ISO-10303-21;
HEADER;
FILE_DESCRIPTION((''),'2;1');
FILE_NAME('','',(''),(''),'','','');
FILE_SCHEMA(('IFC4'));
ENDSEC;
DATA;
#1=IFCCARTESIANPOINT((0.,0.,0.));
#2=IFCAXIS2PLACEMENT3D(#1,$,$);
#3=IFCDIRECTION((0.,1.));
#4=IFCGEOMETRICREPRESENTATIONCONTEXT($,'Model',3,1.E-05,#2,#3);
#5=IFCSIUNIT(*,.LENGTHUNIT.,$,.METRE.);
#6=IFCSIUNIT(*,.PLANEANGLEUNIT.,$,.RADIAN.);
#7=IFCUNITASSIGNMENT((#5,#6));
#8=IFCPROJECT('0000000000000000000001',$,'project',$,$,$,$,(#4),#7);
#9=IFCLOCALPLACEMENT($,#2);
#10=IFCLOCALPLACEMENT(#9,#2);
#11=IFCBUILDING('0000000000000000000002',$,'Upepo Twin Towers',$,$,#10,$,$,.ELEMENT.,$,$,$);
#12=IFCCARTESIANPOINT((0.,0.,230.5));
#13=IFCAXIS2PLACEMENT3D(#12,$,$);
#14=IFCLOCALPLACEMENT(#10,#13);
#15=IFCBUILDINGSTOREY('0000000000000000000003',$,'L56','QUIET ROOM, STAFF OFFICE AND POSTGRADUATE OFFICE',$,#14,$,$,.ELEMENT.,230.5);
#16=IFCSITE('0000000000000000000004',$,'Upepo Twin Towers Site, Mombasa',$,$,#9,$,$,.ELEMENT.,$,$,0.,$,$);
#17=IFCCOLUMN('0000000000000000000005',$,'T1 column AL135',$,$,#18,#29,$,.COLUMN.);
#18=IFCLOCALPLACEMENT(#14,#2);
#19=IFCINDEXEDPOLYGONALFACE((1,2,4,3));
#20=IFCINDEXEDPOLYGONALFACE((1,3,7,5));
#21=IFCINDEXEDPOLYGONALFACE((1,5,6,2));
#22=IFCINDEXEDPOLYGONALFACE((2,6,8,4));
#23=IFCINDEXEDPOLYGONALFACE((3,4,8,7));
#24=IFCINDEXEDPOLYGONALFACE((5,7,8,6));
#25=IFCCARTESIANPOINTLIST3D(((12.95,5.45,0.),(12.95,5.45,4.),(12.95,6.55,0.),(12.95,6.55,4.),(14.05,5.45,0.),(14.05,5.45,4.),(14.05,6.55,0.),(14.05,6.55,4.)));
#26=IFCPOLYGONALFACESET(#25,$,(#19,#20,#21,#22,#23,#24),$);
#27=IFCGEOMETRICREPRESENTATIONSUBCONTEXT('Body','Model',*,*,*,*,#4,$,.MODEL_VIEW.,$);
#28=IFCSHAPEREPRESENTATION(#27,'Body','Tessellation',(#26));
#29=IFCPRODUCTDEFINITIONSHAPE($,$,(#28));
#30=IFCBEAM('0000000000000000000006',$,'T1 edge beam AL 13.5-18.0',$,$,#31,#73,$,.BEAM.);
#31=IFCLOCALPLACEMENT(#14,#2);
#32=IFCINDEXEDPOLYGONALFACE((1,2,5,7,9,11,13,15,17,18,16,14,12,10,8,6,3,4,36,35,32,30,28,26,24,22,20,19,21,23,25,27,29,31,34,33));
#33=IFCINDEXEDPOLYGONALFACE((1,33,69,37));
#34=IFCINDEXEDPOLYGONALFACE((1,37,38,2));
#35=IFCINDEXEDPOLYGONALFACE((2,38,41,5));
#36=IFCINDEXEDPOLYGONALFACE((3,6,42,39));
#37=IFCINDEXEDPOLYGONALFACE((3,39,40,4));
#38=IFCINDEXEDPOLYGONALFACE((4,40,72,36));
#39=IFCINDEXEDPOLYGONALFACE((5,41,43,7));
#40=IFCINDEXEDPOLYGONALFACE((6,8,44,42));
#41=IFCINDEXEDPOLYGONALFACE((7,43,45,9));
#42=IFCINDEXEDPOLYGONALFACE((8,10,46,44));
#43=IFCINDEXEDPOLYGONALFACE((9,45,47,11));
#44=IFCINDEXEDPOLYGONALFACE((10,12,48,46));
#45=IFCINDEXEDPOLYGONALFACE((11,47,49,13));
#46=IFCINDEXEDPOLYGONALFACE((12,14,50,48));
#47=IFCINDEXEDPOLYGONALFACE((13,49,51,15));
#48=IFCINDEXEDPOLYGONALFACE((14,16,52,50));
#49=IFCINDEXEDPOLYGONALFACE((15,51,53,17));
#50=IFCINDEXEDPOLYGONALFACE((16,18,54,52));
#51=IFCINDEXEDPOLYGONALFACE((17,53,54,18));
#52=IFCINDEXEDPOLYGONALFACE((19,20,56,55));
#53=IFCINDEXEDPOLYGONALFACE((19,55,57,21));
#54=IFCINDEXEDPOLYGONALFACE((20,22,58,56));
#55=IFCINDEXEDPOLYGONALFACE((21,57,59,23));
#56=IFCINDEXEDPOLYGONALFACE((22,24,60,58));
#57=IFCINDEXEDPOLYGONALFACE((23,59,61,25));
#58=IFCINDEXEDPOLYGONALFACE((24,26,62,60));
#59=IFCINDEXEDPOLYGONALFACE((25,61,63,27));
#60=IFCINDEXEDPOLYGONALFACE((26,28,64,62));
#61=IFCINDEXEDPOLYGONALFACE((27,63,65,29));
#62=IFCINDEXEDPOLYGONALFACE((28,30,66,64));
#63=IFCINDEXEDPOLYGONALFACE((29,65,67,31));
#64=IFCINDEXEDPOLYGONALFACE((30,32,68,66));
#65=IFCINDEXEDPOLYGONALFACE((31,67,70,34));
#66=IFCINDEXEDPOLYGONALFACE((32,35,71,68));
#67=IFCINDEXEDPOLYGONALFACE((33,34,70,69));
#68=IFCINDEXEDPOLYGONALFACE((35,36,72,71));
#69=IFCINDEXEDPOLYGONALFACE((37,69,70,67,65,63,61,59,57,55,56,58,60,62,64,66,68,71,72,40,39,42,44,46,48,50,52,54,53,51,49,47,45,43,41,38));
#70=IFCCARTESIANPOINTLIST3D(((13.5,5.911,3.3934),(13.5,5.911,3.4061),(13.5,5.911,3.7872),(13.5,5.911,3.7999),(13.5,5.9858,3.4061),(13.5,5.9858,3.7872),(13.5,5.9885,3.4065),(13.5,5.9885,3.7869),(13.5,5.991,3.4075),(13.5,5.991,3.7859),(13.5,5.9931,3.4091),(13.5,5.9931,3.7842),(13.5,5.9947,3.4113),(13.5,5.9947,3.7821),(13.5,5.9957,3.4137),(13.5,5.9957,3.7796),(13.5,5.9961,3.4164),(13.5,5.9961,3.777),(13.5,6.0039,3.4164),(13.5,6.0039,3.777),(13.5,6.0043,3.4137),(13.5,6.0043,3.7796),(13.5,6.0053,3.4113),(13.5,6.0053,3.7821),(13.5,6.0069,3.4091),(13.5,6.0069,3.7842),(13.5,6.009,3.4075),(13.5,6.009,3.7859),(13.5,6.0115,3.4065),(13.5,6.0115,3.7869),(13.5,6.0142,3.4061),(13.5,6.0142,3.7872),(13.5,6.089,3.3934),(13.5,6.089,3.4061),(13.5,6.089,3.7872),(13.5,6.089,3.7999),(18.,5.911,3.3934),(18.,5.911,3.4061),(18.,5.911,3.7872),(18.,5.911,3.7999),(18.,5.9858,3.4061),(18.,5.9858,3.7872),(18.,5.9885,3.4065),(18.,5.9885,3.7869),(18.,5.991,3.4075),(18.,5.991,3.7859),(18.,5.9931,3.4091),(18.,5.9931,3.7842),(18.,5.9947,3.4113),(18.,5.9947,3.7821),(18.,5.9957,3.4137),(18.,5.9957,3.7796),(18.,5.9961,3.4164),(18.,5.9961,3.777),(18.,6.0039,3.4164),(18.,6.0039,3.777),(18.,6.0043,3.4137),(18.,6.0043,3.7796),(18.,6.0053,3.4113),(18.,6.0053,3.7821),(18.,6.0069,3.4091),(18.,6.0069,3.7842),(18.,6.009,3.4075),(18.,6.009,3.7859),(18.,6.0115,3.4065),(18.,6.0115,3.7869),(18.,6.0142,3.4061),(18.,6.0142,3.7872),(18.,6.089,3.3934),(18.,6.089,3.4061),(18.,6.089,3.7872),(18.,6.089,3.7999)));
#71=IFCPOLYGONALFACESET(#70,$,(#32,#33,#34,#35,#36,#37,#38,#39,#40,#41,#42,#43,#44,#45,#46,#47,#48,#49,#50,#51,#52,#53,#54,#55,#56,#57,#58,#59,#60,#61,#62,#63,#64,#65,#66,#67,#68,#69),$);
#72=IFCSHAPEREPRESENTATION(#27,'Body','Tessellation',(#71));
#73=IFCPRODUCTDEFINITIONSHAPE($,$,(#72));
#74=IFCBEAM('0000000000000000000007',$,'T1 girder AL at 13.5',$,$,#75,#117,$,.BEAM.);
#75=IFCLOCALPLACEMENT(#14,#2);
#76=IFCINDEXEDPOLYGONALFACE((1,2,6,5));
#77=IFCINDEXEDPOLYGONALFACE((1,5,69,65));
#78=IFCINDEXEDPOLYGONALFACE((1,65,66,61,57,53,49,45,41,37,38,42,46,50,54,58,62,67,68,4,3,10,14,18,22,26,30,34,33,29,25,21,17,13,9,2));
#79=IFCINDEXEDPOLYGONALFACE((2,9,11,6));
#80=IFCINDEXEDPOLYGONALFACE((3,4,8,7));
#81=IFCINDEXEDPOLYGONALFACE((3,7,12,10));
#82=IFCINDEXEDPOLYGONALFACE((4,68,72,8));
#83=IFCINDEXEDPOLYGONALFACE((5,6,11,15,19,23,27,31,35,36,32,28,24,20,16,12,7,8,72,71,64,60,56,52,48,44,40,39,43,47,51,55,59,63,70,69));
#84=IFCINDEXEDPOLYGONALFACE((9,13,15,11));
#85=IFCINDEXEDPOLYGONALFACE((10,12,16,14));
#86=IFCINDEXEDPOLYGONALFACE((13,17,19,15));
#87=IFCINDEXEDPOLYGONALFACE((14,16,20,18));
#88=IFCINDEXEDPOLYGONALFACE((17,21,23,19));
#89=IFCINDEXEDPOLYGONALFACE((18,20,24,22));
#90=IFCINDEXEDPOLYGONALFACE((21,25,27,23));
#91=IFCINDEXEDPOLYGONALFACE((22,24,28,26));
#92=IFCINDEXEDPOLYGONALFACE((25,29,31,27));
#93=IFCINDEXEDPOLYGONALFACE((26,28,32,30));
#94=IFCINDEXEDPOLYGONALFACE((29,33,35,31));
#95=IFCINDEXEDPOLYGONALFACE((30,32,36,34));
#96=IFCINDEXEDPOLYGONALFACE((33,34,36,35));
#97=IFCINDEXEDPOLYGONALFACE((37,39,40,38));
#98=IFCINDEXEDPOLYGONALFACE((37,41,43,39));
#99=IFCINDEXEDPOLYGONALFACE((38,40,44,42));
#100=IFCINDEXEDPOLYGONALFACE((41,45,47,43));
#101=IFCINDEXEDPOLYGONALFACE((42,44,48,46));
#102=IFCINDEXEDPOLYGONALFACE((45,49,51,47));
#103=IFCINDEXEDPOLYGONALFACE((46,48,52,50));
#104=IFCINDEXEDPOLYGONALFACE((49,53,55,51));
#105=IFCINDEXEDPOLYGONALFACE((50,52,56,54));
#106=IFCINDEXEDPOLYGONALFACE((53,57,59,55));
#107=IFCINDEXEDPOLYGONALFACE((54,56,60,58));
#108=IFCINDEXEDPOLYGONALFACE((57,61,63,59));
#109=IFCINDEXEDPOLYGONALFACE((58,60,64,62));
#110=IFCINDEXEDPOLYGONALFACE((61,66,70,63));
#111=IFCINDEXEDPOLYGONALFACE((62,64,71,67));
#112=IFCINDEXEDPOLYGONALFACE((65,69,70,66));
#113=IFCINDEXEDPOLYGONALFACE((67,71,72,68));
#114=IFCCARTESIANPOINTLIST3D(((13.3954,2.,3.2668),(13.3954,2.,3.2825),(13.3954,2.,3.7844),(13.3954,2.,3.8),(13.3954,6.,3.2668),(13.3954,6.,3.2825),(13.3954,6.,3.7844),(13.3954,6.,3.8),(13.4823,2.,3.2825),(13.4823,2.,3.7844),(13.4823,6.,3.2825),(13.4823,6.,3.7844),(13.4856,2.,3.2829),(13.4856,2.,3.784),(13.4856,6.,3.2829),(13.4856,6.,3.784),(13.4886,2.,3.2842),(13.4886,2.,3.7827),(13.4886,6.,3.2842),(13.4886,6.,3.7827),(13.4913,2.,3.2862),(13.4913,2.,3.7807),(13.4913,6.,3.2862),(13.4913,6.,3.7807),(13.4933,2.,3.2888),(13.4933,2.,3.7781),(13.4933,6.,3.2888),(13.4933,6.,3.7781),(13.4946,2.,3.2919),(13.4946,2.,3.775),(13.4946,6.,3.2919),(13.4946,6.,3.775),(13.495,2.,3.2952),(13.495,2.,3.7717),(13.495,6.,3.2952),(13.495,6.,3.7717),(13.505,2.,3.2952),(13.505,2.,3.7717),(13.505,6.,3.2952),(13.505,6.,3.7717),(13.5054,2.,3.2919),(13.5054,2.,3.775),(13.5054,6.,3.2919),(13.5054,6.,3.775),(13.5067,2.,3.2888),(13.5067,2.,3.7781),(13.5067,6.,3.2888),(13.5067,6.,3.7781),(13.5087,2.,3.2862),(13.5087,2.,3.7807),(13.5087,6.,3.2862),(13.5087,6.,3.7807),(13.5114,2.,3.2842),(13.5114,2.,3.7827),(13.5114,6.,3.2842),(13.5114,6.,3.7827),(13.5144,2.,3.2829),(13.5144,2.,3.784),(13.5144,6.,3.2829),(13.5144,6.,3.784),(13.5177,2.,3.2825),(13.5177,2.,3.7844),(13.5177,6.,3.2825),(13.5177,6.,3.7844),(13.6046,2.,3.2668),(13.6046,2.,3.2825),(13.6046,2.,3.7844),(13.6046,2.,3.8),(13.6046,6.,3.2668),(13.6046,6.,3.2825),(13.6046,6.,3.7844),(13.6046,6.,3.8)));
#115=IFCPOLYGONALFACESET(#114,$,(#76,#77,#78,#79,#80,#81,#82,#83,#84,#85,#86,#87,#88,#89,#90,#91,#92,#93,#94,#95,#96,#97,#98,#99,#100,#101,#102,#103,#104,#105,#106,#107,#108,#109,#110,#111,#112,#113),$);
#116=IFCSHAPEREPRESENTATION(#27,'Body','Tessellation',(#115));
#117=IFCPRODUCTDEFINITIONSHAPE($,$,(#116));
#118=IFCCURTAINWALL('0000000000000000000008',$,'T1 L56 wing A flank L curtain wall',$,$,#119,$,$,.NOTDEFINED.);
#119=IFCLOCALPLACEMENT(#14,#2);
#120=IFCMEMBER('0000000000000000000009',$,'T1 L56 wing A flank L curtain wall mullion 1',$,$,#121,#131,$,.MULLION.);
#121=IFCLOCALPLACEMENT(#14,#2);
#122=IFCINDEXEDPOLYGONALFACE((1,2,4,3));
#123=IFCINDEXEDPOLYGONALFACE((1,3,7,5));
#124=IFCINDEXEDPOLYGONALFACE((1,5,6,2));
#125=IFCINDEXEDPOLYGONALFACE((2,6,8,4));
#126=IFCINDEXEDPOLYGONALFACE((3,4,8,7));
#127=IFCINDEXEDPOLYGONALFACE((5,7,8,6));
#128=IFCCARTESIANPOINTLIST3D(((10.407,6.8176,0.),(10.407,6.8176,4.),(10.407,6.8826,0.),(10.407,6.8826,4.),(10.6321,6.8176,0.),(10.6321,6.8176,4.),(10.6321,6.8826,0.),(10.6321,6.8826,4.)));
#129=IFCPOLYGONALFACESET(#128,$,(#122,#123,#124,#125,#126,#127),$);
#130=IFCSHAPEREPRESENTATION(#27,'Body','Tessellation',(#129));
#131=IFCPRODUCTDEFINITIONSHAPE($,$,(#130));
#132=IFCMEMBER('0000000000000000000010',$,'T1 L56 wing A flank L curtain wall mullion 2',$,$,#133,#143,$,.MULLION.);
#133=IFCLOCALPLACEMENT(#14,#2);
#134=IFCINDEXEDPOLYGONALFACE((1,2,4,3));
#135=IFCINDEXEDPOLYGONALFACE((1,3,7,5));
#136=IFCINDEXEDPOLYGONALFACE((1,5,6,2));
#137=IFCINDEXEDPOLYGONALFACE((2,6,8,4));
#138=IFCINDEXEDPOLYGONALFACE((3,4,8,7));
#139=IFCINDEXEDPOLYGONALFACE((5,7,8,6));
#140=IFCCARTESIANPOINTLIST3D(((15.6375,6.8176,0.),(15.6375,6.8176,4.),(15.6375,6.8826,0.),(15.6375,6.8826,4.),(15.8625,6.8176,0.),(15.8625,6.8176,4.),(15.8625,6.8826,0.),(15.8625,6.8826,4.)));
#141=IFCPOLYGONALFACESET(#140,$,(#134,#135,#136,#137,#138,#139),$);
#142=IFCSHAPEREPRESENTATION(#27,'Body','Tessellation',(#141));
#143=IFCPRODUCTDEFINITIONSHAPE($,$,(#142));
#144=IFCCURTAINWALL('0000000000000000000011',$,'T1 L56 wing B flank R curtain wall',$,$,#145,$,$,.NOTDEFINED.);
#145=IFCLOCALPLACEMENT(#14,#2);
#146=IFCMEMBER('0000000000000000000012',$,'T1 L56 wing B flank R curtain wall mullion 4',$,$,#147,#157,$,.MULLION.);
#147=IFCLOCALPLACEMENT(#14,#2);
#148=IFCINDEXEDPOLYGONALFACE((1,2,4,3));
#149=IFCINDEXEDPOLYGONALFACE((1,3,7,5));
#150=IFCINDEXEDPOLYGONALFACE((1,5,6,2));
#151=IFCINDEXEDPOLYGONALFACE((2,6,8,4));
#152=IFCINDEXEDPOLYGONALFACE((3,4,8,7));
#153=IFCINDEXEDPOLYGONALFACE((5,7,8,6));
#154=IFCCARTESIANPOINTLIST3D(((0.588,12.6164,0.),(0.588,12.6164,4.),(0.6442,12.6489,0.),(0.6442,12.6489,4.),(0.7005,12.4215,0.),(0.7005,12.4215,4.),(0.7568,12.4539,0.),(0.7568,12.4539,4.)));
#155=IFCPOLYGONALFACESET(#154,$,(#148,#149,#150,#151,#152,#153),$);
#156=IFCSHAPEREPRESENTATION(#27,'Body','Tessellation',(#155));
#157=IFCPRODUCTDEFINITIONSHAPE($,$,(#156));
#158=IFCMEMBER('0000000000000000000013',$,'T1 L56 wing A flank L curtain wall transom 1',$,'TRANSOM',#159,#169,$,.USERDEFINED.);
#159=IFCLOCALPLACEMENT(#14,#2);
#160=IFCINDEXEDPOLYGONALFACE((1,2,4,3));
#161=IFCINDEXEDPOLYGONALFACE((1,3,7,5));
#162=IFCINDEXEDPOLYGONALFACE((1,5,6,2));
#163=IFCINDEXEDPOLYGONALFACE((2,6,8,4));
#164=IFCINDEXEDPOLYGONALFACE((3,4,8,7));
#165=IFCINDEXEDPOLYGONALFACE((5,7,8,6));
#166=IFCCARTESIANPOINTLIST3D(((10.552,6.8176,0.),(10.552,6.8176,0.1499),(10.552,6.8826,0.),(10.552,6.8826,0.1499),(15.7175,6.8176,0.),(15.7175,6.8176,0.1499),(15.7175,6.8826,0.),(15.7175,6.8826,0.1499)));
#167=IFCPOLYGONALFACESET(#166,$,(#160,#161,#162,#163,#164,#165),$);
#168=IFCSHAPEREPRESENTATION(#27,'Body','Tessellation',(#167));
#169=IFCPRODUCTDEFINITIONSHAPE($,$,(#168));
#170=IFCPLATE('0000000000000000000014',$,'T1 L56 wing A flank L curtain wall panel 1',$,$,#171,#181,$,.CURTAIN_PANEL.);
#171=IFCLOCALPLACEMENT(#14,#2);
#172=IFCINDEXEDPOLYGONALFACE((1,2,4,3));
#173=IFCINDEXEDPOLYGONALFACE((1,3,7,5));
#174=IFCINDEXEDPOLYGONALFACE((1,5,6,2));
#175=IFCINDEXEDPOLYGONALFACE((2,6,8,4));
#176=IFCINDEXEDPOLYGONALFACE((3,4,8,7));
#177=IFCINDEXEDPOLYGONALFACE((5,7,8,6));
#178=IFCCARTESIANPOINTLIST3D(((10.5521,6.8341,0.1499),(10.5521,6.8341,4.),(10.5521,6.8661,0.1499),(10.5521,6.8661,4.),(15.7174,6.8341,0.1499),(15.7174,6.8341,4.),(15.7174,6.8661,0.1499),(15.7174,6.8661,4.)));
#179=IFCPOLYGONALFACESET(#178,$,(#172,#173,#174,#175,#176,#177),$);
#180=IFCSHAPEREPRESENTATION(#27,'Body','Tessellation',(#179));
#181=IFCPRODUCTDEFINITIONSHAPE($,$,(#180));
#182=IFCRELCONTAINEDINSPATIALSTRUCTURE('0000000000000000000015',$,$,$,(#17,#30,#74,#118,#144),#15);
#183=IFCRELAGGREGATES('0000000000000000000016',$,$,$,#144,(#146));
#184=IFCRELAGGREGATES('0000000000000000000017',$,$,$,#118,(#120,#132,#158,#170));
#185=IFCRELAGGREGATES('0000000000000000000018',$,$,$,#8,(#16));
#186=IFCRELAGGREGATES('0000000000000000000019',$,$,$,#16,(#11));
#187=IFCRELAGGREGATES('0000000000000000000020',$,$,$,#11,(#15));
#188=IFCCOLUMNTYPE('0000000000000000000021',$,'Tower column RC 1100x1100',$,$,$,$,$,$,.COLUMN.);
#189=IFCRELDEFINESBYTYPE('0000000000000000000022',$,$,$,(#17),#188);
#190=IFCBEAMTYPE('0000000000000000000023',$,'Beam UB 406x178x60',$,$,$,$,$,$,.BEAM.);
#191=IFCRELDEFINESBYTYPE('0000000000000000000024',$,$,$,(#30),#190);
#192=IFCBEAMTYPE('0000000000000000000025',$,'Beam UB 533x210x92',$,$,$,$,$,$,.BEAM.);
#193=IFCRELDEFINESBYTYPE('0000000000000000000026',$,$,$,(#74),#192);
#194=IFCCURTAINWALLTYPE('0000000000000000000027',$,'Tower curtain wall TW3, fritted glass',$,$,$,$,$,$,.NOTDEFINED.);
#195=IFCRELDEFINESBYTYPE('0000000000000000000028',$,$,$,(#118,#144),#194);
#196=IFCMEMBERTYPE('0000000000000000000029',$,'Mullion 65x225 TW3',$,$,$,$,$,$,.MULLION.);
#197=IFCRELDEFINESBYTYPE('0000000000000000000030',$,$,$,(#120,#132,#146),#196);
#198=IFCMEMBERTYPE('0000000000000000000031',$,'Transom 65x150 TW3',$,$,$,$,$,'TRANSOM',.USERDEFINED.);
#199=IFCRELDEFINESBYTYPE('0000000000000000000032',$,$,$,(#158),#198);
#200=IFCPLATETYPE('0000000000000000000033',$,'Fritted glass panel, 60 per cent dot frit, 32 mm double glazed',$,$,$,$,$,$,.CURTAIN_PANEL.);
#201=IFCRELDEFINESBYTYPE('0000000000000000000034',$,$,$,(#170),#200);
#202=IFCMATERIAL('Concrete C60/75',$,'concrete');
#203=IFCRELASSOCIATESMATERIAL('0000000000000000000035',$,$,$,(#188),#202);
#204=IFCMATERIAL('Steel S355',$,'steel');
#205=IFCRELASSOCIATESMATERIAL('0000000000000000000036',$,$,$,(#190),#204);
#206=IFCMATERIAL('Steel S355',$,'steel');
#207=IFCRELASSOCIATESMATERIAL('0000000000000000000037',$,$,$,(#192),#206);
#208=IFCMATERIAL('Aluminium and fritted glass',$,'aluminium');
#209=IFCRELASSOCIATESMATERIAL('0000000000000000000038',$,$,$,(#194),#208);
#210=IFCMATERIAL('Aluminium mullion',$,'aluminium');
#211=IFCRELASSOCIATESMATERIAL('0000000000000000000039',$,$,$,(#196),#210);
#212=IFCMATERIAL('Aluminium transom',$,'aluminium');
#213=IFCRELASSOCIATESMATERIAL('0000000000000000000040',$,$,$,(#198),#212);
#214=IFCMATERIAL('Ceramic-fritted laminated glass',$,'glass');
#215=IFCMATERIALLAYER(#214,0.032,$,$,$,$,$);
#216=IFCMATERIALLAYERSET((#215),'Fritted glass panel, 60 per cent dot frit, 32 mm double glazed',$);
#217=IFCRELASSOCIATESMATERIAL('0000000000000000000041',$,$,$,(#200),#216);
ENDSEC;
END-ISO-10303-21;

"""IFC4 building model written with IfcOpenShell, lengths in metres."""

from ifc_helpers import new_model, si_unit, direction, frame, origin, origin_2d, place, context, subcontext, project, spatial, rectangle, i_section, extrude, material, layer, layer_set, material_profile, profile_set, type_object, element, aggregate, save


model = new_model("IFC4")

# Units and contexts
model_context = context("Model", 3, precision=1e-05, world=origin(), true_north=direction((0.0, 1.0)))
body_context = subcontext(model_context, "Body", "Model", "MODEL_VIEW")
ifc_project = project(units=[si_unit("LENGTHUNIT", "METRE"), si_unit("PLANEANGLEUNIT", "RADIAN")], contexts=[model_context])

# Site, building, storey
site_placement = place(None, origin())
site = spatial("IfcSite", under=ifc_project, at=site_placement, Name="Upepo Twin Towers Site, Mombasa", CompositionType="ELEMENT", RefElevation=0.0)
building_placement = place(site_placement, origin())
building = spatial("IfcBuilding", under=site, at=building_placement, Name="Upepo Twin Towers", CompositionType="ELEMENT")
storey_placement = place(building_placement, frame((0.0, 0.0, 230.5)))
storey = spatial("IfcBuildingStorey", under=building, at=storey_placement, Name="L56", Description="QUIET ROOM, STAFF OFFICE AND POSTGRADUATE OFFICE", CompositionType="ELEMENT", Elevation=230.5)

# Column
ifc_material_1 = material(Name="Concrete C60/75", Category="concrete")
ifc_material_profile_1 = material_profile(ifc_material_1, rectangle(XDim=1.1001, YDim=1.1001, at=origin_2d()), Name="RC 1100x1100")
ifc_profile_set_1 = profile_set([ifc_material_profile_1], Name="Concrete C60/75")
column_type = type_object("IfcColumnType", Name="Tower column RC 1100x1100", PredefinedType="COLUMN", material=ifc_profile_set_1)
column_placement = place(storey_placement, frame((13.5, 6.0, 0.0), z_axis=(0.0, 0.0, 1.0), x_axis=(1.0, 0.0, 0.0)))
element("IfcColumn", 1, at=column_placement, inside=storey, type_object=column_type, Name="T1 column AL135", PredefinedType="COLUMN", context=body_context, shape_type="SweptSolid", body=[
    extrude(rectangle(XDim=1.1001, YDim=1.1001, at=origin_2d()), origin(), (0.0, 0.0, 1.0), 4.0),
])

# Beams
ifc_material_2 = material(Name="Steel S355", Category="steel")
ifc_material_profile_2 = material_profile(ifc_material_2, i_section(OverallWidth=0.178, OverallDepth=0.4065, WebThickness=0.0078, FlangeThickness=0.0127, FilletRadius=0.0103, at=origin_2d()), Name="UB 406x178x60")
ifc_profile_set_2 = profile_set([ifc_material_profile_2], Name="Steel S355")
beam_type_1 = type_object("IfcBeamType", Name="Beam UB 406x178x60", PredefinedType="BEAM", material=ifc_profile_set_2)
beam_1_placement = place(storey_placement, frame((13.5, 6.0, 3.5967), z_axis=(1.0, 0.0, 0.0), x_axis=(0.0, 1.0, 0.0)))
element("IfcBeam", 2, at=beam_1_placement, inside=storey, type_object=beam_type_1, Name="T1 edge beam AL 13.5-18.0", PredefinedType="BEAM", context=body_context, shape_type="SweptSolid", body=[
    extrude(i_section(OverallWidth=0.178, OverallDepth=0.4065, WebThickness=0.0078, FlangeThickness=0.0127, FilletRadius=0.0103, at=origin_2d()), origin(), (0.0, 0.0, 1.0), 4.5),
])
ifc_material_3 = material(Name="Steel S355", Category="steel")
ifc_material_profile_3 = material_profile(ifc_material_3, i_section(OverallWidth=0.2092, OverallDepth=0.5332, WebThickness=0.01, FlangeThickness=0.0156, FilletRadius=0.0127, at=origin_2d()), Name="UB 533x210x92")
ifc_profile_set_3 = profile_set([ifc_material_profile_3], Name="Steel S355")
beam_type_2 = type_object("IfcBeamType", Name="Beam UB 533x210x92", PredefinedType="BEAM", material=ifc_profile_set_3)
beam_2_placement = place(storey_placement, frame((13.5, 6.0, 3.5334), z_axis=(0.0, -1.0, 0.0), x_axis=(1.0, 0.0, 0.0)))
element("IfcBeam", 3, at=beam_2_placement, inside=storey, type_object=beam_type_2, Name="T1 girder AL at 13.5", PredefinedType="BEAM", context=body_context, shape_type="SweptSolid", body=[
    extrude(i_section(OverallWidth=0.2092, OverallDepth=0.5332, WebThickness=0.01, FlangeThickness=0.0156, FilletRadius=0.0127, at=origin_2d()), origin(), (0.0, 0.0, 1.0), 4.0),
])

# Curtain wall, members
ifc_material_4 = material(Name="Aluminium and fritted glass", Category="aluminium")
curtain_wall_type = type_object("IfcCurtainWallType", Name="Tower curtain wall TW3, fritted glass", PredefinedType="NOTDEFINED", material=ifc_material_4)
curtain_wall_1_placement = place(storey_placement, origin())
curtain_wall_1 = element("IfcCurtainWall", 4, at=curtain_wall_1_placement, inside=storey, type_object=curtain_wall_type, Name="T1 L56 wing A flank L curtain wall", PredefinedType="NOTDEFINED")
ifc_material_5 = material(Name="Aluminium mullion", Category="aluminium")
ifc_material_profile_4 = material_profile(ifc_material_5, rectangle(XDim=0.0649, YDim=0.2251, at=origin_2d()), Name="MULLION 65x225")
ifc_profile_set_4 = profile_set([ifc_material_profile_4], Name="Aluminium mullion")
member_type_1 = type_object("IfcMemberType", Name="Mullion 65x225 TW3", PredefinedType="MULLION", material=ifc_profile_set_4)
member_1_placement = place(storey_placement, frame((10.5195, 6.8501, 0.0), z_axis=(0.0, 0.0, 1.0), x_axis=(0.0, 1.0, 0.0)))
member_1 = element("IfcMember", 5, at=member_1_placement, type_object=member_type_1, Name="T1 L56 wing A flank L curtain wall mullion 1", PredefinedType="MULLION", context=body_context, shape_type="SweptSolid", body=[
    extrude(rectangle(XDim=0.0649, YDim=0.2251, at=origin_2d()), origin(), (0.0, 0.0, 1.0), 4.0),
])
member_2_placement = place(storey_placement, frame((15.75, 6.8501, 0.0), z_axis=(0.0, 0.0, 1.0), x_axis=(0.0, 1.0, 0.0)))
member_2 = element("IfcMember", 6, at=member_2_placement, type_object=member_type_1, Name="T1 L56 wing A flank L curtain wall mullion 2", PredefinedType="MULLION", context=body_context, shape_type="SweptSolid", body=[
    extrude(rectangle(XDim=0.0649, YDim=0.2251, at=origin_2d()), origin(), (0.0, 0.0, 1.0), 4.0),
])

# Curtain wall, member
curtain_wall_2_placement = place(storey_placement, origin())
curtain_wall_2 = element("IfcCurtainWall", 7, at=curtain_wall_2_placement, inside=storey, type_object=curtain_wall_type, Name="T1 L56 wing B flank R curtain wall", PredefinedType="NOTDEFINED")
member_3_placement = place(storey_placement, frame((0.6724, 12.5352, 0.0), z_axis=(0.0, 0.0, 1.0), x_axis=(0.866025, 0.5, 0.0)))
member_3 = element("IfcMember", 8, at=member_3_placement, type_object=member_type_1, Name="T1 L56 wing B flank R curtain wall mullion 4", PredefinedType="MULLION", context=body_context, shape_type="SweptSolid", body=[
    extrude(rectangle(XDim=0.0649, YDim=0.2251, at=origin_2d()), origin(), (0.0, 0.0, 1.0), 4.0),
])
aggregate(curtain_wall_2, [member_3])

# Member
ifc_material_6 = material(Name="Aluminium transom", Category="aluminium")
ifc_material_profile_5 = material_profile(ifc_material_6, rectangle(XDim=0.0649, YDim=0.1499, at=origin_2d()), Name="TRANSOM 65x150")
ifc_profile_set_5 = profile_set([ifc_material_profile_5], Name="Aluminium transom")
member_type_2 = type_object("IfcMemberType", Name="Transom 65x150 TW3", ElementType="TRANSOM", PredefinedType="USERDEFINED", material=ifc_profile_set_5)
member_4_placement = place(storey_placement, frame((10.552, 6.8501, 0.075), z_axis=(1.0, 0.0, 0.0), x_axis=(0.0, 1.0, 0.0)))
member_4 = element("IfcMember", 9, at=member_4_placement, type_object=member_type_2, Name="T1 L56 wing A flank L curtain wall transom 1", ObjectType="TRANSOM", PredefinedType="USERDEFINED", context=body_context, shape_type="SweptSolid", body=[
    extrude(rectangle(XDim=0.0649, YDim=0.1499, at=origin_2d()), origin(), (0.0, 0.0, 1.0), 5.1655),
])

# Plate
ifc_material_7 = material(Name="Ceramic-fritted laminated glass", Category="glass")
ifc_layer_1 = layer(ifc_material_7, 0.032)
ifc_layer_set_1 = layer_set([ifc_layer_1], Name="Fritted glass panel, 60 per cent dot frit, 32 mm double glazed")
plate_type = type_object("IfcPlateType", Name="Fritted glass panel, 60 per cent dot frit, 32 mm double glazed", PredefinedType="CURTAIN_PANEL", material=ifc_layer_set_1)
plate_placement = place(storey_placement, frame((13.1348, 6.8501, 0.1499), z_axis=(0.0, 0.0, 1.0), x_axis=(1.0, 0.0, 0.0)))
plate = element("IfcPlate", 10, at=plate_placement, type_object=plate_type, Name="T1 L56 wing A flank L curtain wall panel 1", PredefinedType="CURTAIN_PANEL", context=body_context, shape_type="SweptSolid", body=[
    extrude(rectangle(XDim=5.1653, YDim=0.032, at=origin_2d()), origin(), (0.0, 0.0, 1.0), 3.8501),
])
aggregate(curtain_wall_1, [member_1, member_2, member_4, plate])

save(model, "model.ifc")
